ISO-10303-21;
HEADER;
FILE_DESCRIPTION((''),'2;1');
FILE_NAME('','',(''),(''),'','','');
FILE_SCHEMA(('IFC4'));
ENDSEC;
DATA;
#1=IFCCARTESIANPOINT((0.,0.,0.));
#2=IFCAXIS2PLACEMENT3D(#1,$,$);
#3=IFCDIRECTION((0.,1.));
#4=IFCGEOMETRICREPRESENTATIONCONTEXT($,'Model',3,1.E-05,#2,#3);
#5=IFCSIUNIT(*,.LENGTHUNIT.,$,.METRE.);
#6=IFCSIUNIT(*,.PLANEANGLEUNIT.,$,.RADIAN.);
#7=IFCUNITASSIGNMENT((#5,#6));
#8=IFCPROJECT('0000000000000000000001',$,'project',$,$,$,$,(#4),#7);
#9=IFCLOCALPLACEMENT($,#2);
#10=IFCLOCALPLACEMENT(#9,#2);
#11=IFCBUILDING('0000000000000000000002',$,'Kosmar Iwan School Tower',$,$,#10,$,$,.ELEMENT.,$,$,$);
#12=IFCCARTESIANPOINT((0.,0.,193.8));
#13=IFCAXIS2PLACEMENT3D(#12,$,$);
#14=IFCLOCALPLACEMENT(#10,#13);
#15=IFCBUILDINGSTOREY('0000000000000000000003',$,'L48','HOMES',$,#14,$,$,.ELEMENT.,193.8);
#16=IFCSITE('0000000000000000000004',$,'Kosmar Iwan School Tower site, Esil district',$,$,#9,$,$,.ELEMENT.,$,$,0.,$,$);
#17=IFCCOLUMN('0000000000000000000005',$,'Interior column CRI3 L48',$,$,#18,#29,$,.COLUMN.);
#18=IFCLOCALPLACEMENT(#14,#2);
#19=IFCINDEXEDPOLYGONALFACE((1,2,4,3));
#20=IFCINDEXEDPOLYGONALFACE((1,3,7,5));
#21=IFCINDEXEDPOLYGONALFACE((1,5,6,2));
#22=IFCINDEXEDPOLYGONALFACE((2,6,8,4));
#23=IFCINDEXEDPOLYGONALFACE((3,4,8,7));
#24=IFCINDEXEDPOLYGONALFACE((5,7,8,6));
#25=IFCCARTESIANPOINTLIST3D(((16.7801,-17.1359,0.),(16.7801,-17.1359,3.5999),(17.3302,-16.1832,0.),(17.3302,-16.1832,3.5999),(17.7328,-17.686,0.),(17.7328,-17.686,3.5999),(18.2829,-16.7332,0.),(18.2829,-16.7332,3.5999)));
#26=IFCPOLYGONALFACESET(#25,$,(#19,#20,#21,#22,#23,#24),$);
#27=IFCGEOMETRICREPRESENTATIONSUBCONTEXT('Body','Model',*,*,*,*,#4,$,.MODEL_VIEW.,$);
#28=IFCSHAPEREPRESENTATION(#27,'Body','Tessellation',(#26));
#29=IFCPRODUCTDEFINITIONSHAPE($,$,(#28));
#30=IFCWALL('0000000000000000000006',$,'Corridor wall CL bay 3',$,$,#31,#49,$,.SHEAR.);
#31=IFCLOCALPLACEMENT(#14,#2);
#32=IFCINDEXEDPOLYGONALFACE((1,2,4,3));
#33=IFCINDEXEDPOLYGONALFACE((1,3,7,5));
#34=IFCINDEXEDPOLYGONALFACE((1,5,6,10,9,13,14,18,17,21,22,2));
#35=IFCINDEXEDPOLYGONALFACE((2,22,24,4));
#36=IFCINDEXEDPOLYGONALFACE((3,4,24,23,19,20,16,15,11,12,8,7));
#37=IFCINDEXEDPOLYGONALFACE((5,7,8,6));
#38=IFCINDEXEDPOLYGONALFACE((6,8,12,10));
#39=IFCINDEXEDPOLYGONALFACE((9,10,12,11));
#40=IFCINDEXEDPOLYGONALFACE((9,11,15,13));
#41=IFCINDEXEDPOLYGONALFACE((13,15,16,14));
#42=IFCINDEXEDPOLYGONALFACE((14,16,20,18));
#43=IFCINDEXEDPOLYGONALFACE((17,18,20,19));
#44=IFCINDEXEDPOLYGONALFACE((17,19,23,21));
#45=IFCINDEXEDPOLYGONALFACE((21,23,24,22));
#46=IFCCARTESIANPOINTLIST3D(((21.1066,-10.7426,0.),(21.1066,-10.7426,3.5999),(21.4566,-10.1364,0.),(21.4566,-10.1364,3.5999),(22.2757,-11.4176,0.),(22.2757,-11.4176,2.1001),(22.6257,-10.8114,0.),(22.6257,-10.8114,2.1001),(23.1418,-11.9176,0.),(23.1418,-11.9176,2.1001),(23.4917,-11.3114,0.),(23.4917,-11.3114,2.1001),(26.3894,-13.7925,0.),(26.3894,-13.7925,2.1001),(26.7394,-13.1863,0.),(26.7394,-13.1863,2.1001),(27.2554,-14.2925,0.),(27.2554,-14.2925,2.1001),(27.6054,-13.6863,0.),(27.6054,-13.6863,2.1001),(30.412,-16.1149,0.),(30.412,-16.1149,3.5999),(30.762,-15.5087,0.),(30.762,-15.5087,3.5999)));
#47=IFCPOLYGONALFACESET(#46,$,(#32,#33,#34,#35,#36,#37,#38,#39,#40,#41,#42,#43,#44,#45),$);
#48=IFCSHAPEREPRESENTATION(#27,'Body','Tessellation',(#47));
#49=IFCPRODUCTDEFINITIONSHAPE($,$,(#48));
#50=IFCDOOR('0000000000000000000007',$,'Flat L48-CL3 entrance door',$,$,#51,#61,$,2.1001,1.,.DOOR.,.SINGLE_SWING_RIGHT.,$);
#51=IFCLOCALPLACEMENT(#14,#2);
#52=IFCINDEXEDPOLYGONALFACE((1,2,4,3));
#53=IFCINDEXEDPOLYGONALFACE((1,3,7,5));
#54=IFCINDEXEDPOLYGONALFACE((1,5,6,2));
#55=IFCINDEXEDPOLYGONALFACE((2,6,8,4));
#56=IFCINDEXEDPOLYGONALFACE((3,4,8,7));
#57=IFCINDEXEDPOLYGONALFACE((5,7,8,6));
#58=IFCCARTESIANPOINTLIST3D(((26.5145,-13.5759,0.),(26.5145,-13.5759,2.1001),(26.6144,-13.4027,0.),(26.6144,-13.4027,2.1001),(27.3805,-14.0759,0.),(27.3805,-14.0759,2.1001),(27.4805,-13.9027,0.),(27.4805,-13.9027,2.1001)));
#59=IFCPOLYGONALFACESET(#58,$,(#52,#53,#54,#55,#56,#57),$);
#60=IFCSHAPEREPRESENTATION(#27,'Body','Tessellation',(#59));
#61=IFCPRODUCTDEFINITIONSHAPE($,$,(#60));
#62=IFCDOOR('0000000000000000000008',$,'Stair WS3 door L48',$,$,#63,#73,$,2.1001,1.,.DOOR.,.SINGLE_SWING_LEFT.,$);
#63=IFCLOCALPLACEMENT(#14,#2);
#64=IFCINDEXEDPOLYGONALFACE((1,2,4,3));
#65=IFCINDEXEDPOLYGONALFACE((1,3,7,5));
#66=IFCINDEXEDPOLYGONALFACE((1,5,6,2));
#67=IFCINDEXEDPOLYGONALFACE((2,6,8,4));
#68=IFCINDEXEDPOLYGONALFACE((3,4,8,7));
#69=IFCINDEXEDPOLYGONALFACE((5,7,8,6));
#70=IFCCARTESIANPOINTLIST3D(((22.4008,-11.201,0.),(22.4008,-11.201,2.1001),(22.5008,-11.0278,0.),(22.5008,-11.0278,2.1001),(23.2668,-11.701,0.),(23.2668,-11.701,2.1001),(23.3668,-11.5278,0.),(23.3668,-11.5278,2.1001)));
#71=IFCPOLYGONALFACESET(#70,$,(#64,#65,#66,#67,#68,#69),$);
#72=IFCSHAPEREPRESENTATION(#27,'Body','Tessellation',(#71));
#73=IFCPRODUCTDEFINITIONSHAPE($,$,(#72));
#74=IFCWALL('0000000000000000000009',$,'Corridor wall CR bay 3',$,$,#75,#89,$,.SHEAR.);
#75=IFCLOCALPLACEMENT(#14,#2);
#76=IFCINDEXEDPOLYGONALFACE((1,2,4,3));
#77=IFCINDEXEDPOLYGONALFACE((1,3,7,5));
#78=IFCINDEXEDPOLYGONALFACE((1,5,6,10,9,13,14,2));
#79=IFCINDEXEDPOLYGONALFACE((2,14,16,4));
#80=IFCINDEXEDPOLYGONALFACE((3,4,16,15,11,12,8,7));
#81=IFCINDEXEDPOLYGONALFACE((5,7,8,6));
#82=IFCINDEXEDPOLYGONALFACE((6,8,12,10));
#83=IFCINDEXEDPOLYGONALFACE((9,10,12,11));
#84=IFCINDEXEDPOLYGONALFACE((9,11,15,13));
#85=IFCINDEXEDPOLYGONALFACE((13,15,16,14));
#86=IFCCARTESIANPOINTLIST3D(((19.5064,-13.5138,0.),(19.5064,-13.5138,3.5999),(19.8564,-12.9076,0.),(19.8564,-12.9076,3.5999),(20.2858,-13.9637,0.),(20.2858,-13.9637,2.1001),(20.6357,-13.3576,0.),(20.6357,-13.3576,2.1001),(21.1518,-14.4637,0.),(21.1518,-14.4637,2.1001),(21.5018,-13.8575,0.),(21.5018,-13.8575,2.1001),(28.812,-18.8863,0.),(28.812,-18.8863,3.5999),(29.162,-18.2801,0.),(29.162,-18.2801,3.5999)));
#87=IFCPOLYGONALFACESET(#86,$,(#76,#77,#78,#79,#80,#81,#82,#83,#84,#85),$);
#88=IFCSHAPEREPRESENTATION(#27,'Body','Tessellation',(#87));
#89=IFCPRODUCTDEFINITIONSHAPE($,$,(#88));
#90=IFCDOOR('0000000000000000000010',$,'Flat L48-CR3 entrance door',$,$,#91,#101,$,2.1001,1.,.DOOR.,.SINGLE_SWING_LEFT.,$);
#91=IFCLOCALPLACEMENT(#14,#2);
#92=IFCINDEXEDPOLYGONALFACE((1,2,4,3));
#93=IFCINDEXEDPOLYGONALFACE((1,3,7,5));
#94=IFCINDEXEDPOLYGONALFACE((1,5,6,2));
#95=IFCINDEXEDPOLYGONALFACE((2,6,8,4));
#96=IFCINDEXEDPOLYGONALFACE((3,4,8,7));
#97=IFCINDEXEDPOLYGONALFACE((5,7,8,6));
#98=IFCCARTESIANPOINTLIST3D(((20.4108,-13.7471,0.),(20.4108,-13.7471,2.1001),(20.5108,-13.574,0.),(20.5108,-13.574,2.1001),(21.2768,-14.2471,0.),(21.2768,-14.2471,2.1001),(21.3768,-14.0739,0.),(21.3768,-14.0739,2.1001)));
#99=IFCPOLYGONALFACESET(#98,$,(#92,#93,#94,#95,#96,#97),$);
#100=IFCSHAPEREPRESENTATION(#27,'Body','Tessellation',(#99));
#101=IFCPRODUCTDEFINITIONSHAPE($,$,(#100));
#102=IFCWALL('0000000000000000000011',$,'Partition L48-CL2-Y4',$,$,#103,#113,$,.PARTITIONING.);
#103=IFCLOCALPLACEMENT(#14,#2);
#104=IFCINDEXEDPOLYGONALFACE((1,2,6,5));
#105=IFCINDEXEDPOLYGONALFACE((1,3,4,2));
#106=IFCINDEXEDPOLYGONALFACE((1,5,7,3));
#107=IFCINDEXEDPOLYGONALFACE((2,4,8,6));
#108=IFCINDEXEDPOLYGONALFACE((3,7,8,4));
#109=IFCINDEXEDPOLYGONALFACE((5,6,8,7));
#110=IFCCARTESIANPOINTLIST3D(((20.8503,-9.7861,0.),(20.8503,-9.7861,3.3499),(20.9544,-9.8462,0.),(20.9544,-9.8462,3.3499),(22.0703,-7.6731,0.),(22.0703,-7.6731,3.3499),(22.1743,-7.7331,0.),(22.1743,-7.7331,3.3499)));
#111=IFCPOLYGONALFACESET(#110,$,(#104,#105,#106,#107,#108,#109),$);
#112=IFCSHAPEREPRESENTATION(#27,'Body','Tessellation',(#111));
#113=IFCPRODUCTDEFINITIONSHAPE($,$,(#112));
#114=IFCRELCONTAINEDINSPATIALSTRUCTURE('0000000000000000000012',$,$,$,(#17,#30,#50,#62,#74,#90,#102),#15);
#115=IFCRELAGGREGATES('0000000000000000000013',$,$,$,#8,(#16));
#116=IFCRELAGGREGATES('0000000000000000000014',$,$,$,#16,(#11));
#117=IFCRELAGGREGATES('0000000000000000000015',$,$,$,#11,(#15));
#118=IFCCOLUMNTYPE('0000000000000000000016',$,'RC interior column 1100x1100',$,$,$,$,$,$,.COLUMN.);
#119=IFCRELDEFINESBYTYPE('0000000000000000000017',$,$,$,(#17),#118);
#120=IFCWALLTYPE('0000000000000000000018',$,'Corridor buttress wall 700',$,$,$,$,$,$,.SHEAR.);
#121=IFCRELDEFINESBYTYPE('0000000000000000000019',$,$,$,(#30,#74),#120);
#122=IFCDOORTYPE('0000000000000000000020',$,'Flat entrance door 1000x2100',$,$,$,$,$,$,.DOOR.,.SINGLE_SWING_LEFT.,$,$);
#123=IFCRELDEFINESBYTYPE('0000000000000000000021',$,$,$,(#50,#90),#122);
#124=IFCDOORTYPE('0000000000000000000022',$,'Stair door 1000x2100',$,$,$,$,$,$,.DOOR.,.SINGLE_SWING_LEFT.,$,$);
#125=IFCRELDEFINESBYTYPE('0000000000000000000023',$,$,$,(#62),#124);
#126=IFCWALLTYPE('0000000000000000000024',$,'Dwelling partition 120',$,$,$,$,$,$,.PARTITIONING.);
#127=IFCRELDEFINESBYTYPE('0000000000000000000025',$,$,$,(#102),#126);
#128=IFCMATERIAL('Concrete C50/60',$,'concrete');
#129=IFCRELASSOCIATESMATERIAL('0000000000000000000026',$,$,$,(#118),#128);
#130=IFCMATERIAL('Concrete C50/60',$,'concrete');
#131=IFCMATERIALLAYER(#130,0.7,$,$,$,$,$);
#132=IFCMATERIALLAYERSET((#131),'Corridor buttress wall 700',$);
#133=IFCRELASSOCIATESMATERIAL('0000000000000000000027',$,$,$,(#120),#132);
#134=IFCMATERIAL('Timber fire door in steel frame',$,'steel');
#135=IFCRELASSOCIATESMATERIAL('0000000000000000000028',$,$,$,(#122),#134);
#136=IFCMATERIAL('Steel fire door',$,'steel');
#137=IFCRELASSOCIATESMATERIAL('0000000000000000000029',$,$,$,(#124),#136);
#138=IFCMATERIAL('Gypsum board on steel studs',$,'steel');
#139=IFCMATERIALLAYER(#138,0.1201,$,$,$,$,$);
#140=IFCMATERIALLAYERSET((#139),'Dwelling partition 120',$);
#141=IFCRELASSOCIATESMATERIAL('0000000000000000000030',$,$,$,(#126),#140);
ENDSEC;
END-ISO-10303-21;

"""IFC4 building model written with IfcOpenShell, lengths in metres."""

from ifc_helpers import new_model, si_unit, direction, frame, frame_2d, origin, origin_2d, place, context, subcontext, project, spatial, rectangle, extrude, material, layer, layer_set, material_profile, profile_set, type_object, element, fill, save


model = new_model("IFC4")

# Units and contexts
model_context = context("Model", 3, precision=1e-05, world=origin(), true_north=direction((0.0, 1.0)))
body_context = subcontext(model_context, "Body", "Model", "MODEL_VIEW")
ifc_project = project(units=[si_unit("LENGTHUNIT", "METRE"), si_unit("PLANEANGLEUNIT", "RADIAN")], contexts=[model_context])

# Site, building, storey
site_placement = place(None, origin())
site = spatial("IfcSite", under=ifc_project, at=site_placement, Name="Kosmar Iwan School Tower site, Esil district", CompositionType="ELEMENT", RefElevation=0.0)
building_placement = place(site_placement, origin())
building = spatial("IfcBuilding", under=site, at=building_placement, Name="Kosmar Iwan School Tower", CompositionType="ELEMENT")
storey_placement = place(building_placement, frame((0.0, 0.0, 193.8)))
storey = spatial("IfcBuildingStorey", under=building, at=storey_placement, Name="L48", Description="HOMES", CompositionType="ELEMENT", Elevation=193.8)

# Column
ifc_material_1 = material(Name="Concrete C50/60", Category="concrete")
ifc_material_profile = material_profile(ifc_material_1, rectangle(XDim=1.1001, YDim=1.1001, at=origin_2d()), Name="RC 1100x1100")
ifc_profile_set = profile_set([ifc_material_profile], Name="Concrete C50/60")
column_type = type_object("IfcColumnType", Name="RC interior column 1100x1100", PredefinedType="COLUMN", material=ifc_profile_set)
column_placement = place(storey_placement, frame((17.5315, -16.9346, 0.0), z_axis=(0.0, 0.0, 1.0), x_axis=(0.866025, -0.5, 0.0)))
element("IfcColumn", 1, at=column_placement, inside=storey, type_object=column_type, Name="Interior column CRI3 L48", PredefinedType="COLUMN", context=body_context, shape_type="SweptSolid", body=[
    extrude(rectangle(XDim=1.1001, YDim=1.1001, at=origin_2d()), origin(), (0.0, 0.0, 1.0), 3.5999),
])

# Wall, openings, doors
ifc_material_2 = material(Name="Concrete C50/60", Category="concrete")
ifc_layer_1 = layer(ifc_material_2, 0.7)
ifc_layer_set_1 = layer_set([ifc_layer_1], Name="Corridor buttress wall 700")
wall_type_1 = type_object("IfcWallType", Name="Corridor buttress wall 700", PredefinedType="SHEAR", material=ifc_layer_set_1)
wall_1_placement = place(storey_placement, frame((21.2815, -10.4395, 0.0), z_axis=(0.0, 0.0, 1.0), x_axis=(0.866032, -0.499988, 0.0)))
wall_1 = element("IfcWall", 2, at=wall_1_placement, inside=storey, type_object=wall_type_1, Name="Corridor wall CL bay 3", PredefinedType="SHEAR", context=body_context, shape_type="SweptSolid", body=[
    extrude(rectangle(XDim=10.7449, YDim=0.7, at=frame_2d((5.3726, 0.0))), origin(), (0.0, 0.0, 1.0), 3.5999),
])
opening_1_placement = place(wall_1_placement, frame((6.1001, 0.0, 0.0)))
opening_1 = element("IfcOpeningElement", 3, at=opening_1_placement, cuts=wall_1, PredefinedType="OPENING", context=body_context, shape_type="SweptSolid", body=[
    extrude(rectangle(XDim=1.0, YDim=2.1001, at=frame_2d((0.5, 1.05))), frame((0.0, 0.3621, 0.0), z_axis=(0.0, -1.0, 0.0), x_axis=(1.0, 0.0, 0.0)), (0.0, 0.0, 1.0), 0.7239),
])
opening_2_placement = place(wall_1_placement, frame((1.3501, 0.0, 0.0)))
opening_2 = element("IfcOpeningElement", 4, at=opening_2_placement, cuts=wall_1, PredefinedType="OPENING", context=body_context, shape_type="SweptSolid", body=[
    extrude(rectangle(XDim=1.0, YDim=2.1001, at=frame_2d((0.5, 1.05))), frame((0.0, 0.3621, 0.0), z_axis=(0.0, -1.0, 0.0), x_axis=(1.0, 0.0, 0.0)), (0.0, 0.0, 1.0), 0.7239),
])
ifc_material_3 = material(Name="Timber fire door in steel frame", Category="steel")
door_type_1 = type_object("IfcDoorType", Name="Flat entrance door 1000x2100", OperationType="SINGLE_SWING_LEFT", PredefinedType="DOOR", material=ifc_material_3)
door_1_placement = place(opening_1_placement, origin())
door_1 = element("IfcDoor", 5, at=door_1_placement, inside=storey, type_object=door_type_1, Name="Flat L48-CL3 entrance door", OperationType="SINGLE_SWING_RIGHT", OverallHeight=2.1001, OverallWidth=1.0, PredefinedType="DOOR", context=body_context, shape_type="SweptSolid", body=[
    extrude(rectangle(XDim=1.0, YDim=2.1001, at=frame_2d((0.5, 1.05))), frame((0.0, 0.1001, 0.0), z_axis=(0.0, -1.0, 0.0), x_axis=(1.0, 0.0, 0.0)), (0.0, 0.0, 1.0), 0.2),
])
fill(opening_1, door_1)
ifc_material_4 = material(Name="Steel fire door", Category="steel")
door_type_2 = type_object("IfcDoorType", Name="Stair door 1000x2100", OperationType="SINGLE_SWING_LEFT", PredefinedType="DOOR", material=ifc_material_4)
door_2_placement = place(opening_2_placement, origin())
door_2 = element("IfcDoor", 6, at=door_2_placement, inside=storey, type_object=door_type_2, Name="Stair WS3 door L48", OperationType="SINGLE_SWING_LEFT", OverallHeight=2.1001, OverallWidth=1.0, PredefinedType="DOOR", context=body_context, shape_type="SweptSolid", body=[
    extrude(rectangle(XDim=1.0, YDim=2.1001, at=frame_2d((0.5, 1.05))), frame((0.0, 0.1001, 0.0), z_axis=(0.0, -1.0, 0.0), x_axis=(1.0, 0.0, 0.0)), (0.0, 0.0, 1.0), 0.2),
])
fill(opening_2, door_2)

# Wall, opening, door
wall_2_placement = place(storey_placement, frame((19.6814, -13.2107, 0.0), z_axis=(0.0, 0.0, 1.0), x_axis=(0.866028, -0.499995, 0.0)))
wall_2 = element("IfcWall", 7, at=wall_2_placement, inside=storey, type_object=wall_type_1, Name="Corridor wall CR bay 3", PredefinedType="SHEAR", context=body_context, shape_type="SweptSolid", body=[
    extrude(rectangle(XDim=10.7451, YDim=0.7, at=frame_2d((5.3726, 0.0))), origin(), (0.0, 0.0, 1.0), 3.5999),
])
opening_3_placement = place(wall_2_placement, frame((0.8999, 0.0, 0.0)))
opening_3 = element("IfcOpeningElement", 8, at=opening_3_placement, cuts=wall_2, PredefinedType="OPENING", context=body_context, shape_type="SweptSolid", body=[
    extrude(rectangle(XDim=1.0, YDim=2.1001, at=frame_2d((0.5, 1.05))), frame((0.0, 0.3621, 0.0), z_axis=(0.0, -1.0, 0.0), x_axis=(1.0, 0.0, 0.0)), (0.0, 0.0, 1.0), 0.7239),
])
door_3_placement = place(opening_3_placement, origin())
door_3 = element("IfcDoor", 9, at=door_3_placement, inside=storey, type_object=door_type_1, Name="Flat L48-CR3 entrance door", OperationType="SINGLE_SWING_LEFT", OverallHeight=2.1001, OverallWidth=1.0, PredefinedType="DOOR", context=body_context, shape_type="SweptSolid", body=[
    extrude(rectangle(XDim=1.0, YDim=2.1001, at=frame_2d((0.5, 1.05))), frame((0.0, 0.1001, 0.0), z_axis=(0.0, -1.0, 0.0), x_axis=(1.0, 0.0, 0.0)), (0.0, 0.0, 1.0), 0.2),
])
fill(opening_3, door_3)

# Wall
ifc_material_5 = material(Name="Gypsum board on steel studs", Category="steel")
ifc_layer_2 = layer(ifc_material_5, 0.1201)
ifc_layer_set_2 = layer_set([ifc_layer_2], Name="Dwelling partition 120")
wall_type_2 = type_object("IfcWallType", Name="Dwelling partition 120", PredefinedType="PARTITIONING", material=ifc_layer_set_2)
wall_3_placement = place(storey_placement, frame((20.9023, -9.8162, 0.0), z_axis=(0.0, 0.0, 1.0), x_axis=(0.500003, 0.866024, 0.0)))
element("IfcWall", 10, at=wall_3_placement, inside=storey, type_object=wall_type_2, Name="Partition L48-CL2-Y4", PredefinedType="PARTITIONING", context=body_context, shape_type="SweptSolid", body=[
    extrude(rectangle(XDim=2.4399, YDim=0.1201, at=frame_2d((1.22, 0.0))), origin(), (0.0, 0.0, 1.0), 3.3499),
])

save(model, "model.ifc")
